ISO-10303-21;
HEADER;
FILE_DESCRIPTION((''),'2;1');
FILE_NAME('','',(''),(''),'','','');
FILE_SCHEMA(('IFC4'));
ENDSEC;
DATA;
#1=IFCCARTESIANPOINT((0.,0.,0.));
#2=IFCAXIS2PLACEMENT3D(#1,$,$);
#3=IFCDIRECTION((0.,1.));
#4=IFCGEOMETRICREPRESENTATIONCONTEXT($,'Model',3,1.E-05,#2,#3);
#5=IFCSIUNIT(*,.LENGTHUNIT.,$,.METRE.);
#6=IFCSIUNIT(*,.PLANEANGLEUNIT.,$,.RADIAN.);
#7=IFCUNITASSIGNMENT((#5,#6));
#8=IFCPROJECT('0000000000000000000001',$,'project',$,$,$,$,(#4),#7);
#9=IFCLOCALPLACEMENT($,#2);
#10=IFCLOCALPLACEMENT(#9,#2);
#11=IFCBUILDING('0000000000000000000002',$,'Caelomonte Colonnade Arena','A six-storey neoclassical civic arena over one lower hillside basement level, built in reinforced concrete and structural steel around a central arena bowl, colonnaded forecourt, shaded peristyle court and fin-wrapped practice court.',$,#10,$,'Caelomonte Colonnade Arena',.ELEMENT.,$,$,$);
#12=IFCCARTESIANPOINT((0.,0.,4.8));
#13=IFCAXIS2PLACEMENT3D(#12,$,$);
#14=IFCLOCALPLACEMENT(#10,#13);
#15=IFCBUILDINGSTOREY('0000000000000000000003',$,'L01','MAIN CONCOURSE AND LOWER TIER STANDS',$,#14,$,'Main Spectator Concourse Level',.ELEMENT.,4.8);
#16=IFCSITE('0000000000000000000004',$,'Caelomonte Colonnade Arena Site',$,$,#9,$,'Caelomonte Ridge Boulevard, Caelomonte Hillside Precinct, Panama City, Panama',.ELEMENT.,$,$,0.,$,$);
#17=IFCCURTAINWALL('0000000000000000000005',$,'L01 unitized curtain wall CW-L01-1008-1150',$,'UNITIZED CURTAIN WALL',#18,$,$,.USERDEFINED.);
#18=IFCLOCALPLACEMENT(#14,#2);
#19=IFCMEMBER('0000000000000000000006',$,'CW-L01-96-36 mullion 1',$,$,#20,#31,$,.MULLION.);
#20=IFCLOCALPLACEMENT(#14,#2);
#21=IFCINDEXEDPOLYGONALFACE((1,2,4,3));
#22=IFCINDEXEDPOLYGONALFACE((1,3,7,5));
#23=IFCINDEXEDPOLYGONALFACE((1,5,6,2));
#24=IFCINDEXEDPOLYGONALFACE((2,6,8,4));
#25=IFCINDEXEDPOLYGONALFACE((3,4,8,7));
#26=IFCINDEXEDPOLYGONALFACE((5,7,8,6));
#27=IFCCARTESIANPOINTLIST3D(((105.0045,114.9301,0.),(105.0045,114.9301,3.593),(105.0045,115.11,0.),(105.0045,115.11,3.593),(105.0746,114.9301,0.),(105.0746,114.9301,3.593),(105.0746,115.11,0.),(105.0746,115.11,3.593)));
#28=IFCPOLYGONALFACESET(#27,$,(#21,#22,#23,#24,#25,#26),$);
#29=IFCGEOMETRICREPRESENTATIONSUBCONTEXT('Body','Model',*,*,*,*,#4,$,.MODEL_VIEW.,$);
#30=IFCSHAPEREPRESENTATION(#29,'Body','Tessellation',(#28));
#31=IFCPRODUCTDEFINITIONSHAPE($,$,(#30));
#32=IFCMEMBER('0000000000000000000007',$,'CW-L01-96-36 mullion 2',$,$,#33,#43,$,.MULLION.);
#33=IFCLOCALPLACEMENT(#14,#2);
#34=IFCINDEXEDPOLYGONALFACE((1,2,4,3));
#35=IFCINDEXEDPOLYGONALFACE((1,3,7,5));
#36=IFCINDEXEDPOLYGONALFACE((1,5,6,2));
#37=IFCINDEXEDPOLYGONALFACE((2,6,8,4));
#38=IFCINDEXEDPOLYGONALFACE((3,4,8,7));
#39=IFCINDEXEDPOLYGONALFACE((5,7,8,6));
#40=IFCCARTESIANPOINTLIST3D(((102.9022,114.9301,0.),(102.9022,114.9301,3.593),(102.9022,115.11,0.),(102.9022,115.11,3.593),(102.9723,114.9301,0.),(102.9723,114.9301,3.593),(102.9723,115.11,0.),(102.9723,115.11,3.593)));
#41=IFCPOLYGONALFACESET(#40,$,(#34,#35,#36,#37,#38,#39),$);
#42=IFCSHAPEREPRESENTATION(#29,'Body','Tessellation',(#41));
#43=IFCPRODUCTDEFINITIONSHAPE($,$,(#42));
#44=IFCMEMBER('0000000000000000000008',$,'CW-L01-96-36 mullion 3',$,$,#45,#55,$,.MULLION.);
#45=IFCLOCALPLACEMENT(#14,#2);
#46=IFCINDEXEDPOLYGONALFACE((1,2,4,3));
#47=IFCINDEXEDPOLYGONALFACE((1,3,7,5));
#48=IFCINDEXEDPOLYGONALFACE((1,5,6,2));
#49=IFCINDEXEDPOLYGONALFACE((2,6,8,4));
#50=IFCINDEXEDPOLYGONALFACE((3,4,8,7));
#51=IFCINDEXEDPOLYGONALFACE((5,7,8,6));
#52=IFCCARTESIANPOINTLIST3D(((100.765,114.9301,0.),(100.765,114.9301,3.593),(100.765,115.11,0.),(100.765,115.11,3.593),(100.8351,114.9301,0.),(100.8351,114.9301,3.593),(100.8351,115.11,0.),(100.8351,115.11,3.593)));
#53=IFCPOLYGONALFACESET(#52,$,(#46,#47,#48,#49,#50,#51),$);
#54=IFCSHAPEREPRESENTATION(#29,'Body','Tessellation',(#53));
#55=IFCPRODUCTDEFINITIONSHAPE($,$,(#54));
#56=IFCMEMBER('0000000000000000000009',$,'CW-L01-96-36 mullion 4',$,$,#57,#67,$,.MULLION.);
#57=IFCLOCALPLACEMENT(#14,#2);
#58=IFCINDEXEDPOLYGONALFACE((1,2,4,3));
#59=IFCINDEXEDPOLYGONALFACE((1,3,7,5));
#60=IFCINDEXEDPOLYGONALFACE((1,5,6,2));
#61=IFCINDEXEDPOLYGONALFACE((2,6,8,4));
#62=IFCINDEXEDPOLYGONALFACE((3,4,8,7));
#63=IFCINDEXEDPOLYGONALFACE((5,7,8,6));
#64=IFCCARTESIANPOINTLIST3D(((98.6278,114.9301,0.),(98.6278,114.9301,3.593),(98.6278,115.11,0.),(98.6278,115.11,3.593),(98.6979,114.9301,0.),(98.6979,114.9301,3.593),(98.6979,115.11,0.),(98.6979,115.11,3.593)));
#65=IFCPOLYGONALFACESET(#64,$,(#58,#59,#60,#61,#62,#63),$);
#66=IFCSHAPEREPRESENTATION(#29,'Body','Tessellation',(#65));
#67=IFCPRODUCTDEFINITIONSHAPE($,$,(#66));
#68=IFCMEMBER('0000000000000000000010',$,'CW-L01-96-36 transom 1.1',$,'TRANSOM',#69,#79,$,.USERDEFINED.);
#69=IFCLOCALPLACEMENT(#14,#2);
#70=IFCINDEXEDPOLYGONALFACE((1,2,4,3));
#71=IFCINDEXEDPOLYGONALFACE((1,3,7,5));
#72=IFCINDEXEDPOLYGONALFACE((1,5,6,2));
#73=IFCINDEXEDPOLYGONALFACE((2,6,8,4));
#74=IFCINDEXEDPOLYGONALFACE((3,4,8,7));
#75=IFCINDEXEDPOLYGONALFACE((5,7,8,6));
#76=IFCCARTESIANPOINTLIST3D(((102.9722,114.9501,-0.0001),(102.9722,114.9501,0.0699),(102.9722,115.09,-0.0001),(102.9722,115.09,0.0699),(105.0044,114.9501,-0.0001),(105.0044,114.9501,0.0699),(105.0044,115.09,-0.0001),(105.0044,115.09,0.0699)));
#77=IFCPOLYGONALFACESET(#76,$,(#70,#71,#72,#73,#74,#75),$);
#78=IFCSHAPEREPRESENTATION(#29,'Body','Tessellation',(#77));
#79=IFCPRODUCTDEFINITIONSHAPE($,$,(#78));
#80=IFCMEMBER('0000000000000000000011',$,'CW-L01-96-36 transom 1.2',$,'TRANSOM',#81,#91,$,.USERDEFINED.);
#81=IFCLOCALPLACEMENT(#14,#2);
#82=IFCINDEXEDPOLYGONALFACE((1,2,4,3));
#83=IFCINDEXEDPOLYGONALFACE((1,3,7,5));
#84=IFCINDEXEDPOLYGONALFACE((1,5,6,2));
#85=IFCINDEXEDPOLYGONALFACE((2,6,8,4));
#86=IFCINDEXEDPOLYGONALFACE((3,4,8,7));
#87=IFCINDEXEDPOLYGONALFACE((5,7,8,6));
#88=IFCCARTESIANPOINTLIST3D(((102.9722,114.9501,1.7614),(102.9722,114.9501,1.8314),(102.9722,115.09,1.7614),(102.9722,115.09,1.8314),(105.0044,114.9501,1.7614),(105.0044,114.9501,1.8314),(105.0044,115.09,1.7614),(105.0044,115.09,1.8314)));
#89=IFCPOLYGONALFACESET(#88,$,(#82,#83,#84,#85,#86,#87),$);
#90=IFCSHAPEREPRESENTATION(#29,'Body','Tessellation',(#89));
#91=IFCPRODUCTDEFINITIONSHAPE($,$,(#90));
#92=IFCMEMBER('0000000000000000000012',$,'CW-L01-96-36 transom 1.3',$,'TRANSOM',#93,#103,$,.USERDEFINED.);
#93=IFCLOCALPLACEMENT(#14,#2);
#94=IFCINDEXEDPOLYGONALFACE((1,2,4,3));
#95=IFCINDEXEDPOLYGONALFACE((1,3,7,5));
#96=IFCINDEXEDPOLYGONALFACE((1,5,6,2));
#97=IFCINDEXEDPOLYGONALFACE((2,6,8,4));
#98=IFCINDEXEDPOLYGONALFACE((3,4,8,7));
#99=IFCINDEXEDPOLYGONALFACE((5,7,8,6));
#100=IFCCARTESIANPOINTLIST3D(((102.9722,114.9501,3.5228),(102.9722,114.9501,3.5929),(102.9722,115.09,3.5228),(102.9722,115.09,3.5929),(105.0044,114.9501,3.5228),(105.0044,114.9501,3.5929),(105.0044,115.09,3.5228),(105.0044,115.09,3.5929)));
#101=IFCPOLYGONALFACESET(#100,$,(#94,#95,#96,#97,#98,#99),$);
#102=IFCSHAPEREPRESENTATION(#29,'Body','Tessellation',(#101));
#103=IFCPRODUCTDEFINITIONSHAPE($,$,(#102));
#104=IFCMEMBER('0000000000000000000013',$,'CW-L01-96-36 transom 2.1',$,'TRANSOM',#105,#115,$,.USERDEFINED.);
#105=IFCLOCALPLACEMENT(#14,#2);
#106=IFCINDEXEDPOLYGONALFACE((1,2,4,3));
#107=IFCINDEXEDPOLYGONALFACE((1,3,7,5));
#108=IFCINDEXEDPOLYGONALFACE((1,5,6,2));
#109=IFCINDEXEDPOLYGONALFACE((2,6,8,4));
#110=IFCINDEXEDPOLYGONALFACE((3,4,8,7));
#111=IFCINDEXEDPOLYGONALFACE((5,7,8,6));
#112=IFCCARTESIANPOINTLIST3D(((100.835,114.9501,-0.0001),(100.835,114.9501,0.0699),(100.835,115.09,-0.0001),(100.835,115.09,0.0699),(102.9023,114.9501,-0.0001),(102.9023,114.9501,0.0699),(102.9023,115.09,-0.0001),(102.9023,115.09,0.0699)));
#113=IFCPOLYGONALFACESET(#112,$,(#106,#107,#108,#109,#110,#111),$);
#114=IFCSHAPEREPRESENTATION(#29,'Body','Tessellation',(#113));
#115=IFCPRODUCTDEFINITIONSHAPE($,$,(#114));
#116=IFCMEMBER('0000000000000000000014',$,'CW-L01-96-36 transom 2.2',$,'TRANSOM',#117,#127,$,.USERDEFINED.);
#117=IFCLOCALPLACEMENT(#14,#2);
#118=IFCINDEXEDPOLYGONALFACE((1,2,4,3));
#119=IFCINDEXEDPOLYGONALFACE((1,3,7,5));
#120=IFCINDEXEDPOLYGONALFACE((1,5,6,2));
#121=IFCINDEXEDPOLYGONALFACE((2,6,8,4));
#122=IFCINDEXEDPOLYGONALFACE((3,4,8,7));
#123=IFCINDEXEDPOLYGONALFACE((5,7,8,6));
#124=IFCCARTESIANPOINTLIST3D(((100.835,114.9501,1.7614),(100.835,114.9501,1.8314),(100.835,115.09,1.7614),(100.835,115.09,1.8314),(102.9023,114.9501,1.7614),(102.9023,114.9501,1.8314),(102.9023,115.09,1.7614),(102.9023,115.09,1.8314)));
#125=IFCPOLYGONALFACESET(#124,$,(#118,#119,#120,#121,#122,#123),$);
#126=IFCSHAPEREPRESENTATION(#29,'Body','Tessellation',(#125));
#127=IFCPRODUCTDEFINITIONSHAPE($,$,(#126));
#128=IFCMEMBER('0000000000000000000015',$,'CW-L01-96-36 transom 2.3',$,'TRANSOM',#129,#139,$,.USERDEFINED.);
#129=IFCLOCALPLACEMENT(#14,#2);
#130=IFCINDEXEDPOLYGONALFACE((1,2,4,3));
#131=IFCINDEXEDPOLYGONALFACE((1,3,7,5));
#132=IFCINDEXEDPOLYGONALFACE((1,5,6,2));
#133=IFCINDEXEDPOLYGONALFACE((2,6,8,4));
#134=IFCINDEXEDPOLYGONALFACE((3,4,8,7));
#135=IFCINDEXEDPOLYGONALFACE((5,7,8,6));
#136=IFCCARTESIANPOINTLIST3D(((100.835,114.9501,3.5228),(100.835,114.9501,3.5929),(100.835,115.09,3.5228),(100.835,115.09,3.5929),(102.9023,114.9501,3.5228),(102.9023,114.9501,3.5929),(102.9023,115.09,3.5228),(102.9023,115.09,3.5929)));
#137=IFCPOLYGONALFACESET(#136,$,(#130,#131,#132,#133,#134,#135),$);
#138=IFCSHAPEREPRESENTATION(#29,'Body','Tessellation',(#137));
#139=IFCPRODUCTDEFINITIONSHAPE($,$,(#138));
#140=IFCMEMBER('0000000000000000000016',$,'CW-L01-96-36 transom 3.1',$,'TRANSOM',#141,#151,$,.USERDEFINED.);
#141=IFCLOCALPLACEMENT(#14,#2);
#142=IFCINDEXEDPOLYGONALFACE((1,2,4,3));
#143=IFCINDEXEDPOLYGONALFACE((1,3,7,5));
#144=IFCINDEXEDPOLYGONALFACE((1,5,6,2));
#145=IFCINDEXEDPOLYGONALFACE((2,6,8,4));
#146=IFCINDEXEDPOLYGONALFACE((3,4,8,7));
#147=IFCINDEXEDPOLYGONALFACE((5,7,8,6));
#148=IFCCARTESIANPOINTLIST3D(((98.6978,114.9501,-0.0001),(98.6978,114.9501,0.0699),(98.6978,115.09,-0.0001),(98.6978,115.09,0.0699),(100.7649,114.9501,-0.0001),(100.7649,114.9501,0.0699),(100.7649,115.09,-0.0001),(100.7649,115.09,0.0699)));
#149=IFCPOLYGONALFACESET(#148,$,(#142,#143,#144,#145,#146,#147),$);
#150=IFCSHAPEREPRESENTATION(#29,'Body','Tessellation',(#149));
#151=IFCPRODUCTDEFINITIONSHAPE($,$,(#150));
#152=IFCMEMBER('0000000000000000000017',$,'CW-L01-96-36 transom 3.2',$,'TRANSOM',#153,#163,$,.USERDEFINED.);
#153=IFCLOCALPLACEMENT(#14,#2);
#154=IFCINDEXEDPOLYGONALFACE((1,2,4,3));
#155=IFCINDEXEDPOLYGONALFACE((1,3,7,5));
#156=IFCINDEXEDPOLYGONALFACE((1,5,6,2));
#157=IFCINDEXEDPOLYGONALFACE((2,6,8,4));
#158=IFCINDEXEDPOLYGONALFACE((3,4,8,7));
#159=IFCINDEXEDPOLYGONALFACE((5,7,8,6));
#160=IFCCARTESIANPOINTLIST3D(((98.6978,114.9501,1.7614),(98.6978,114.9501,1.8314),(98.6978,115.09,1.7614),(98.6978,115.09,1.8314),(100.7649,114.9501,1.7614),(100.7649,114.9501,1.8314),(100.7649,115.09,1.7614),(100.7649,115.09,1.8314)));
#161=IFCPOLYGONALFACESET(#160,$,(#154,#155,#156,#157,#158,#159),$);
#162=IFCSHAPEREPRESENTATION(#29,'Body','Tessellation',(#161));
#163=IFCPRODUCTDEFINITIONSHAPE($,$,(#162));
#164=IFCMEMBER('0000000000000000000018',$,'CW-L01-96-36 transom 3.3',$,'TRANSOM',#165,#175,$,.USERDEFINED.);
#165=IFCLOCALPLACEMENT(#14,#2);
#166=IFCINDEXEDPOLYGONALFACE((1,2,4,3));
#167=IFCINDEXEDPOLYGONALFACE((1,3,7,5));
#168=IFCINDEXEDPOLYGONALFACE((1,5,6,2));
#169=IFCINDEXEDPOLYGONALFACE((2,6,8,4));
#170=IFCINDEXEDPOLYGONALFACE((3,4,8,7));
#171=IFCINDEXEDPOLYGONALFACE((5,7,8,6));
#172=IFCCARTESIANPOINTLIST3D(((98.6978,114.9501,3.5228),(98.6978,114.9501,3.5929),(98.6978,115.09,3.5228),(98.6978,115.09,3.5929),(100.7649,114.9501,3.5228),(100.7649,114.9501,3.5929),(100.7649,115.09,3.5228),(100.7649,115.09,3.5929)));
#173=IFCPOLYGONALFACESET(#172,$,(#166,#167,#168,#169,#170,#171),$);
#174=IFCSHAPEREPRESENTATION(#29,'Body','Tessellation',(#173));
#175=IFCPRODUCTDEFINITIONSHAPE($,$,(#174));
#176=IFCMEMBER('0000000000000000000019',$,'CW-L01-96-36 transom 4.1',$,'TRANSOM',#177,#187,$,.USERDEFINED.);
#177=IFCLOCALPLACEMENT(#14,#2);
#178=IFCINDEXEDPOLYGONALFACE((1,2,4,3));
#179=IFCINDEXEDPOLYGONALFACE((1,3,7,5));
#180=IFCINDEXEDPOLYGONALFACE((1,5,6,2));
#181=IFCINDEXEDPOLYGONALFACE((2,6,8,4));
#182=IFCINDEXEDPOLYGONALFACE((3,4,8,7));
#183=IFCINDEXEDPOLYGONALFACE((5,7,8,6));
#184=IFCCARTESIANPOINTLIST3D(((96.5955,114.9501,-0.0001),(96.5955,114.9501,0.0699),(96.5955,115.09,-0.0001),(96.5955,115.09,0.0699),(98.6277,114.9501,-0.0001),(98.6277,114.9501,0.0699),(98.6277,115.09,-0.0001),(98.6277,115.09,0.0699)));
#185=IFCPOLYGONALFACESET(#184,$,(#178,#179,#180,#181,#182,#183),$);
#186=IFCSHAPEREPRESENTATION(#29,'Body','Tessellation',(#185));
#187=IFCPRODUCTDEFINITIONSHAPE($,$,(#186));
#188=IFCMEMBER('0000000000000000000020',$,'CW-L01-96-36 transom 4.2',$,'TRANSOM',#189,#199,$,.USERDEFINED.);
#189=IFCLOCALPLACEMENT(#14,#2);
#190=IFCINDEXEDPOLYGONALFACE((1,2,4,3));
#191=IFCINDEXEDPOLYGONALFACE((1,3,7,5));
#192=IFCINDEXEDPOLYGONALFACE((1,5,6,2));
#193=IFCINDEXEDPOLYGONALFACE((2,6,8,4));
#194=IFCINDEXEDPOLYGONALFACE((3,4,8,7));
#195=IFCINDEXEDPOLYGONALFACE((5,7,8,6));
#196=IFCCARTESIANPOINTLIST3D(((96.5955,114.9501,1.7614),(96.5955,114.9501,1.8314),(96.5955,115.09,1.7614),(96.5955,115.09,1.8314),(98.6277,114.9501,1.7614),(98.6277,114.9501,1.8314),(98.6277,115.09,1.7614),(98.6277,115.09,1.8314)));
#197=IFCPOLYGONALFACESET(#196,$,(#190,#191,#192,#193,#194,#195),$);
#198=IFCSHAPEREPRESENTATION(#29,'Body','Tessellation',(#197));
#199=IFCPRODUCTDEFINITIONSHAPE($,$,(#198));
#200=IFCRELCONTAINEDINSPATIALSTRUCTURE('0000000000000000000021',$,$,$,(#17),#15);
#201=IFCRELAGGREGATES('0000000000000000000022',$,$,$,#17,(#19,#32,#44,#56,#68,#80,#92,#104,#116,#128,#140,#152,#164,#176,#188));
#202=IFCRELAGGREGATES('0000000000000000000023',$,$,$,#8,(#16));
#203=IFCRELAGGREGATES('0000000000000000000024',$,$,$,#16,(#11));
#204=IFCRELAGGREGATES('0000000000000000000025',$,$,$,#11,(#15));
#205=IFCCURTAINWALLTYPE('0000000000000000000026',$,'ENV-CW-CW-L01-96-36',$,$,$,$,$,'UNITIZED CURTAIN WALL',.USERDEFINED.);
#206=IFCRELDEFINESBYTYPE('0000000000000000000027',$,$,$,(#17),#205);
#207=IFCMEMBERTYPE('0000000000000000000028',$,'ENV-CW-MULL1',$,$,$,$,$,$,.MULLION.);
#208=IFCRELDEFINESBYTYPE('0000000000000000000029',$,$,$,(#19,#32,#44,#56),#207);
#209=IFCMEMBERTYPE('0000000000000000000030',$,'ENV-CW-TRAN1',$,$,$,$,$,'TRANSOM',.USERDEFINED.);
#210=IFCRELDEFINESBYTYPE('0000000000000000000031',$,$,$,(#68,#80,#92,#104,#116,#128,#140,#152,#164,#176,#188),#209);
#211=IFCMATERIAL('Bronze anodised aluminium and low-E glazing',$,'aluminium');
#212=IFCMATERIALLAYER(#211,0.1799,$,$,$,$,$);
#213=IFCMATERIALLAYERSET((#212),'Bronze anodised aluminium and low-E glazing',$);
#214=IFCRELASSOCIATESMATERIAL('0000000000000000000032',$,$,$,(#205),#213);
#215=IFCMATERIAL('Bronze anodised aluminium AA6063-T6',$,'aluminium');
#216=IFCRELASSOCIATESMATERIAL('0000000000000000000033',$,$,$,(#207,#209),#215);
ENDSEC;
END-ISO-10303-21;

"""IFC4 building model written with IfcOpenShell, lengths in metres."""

from ifc_helpers import new_model, si_unit, direction, frame, origin, origin_2d, place, context, subcontext, project, spatial, rectangle, extrude, material, layer, layer_set, material_profile, profile_set, type_object, element, aggregate, save


model = new_model("IFC4")

# Units and contexts
model_context = context("Model", 3, precision=1e-05, world=origin(), true_north=direction((0.0, 1.0)))
body_context = subcontext(model_context, "Body", "Model", "MODEL_VIEW")
ifc_project = project(units=[si_unit("LENGTHUNIT", "METRE"), si_unit("PLANEANGLEUNIT", "RADIAN")], contexts=[model_context])

# Site, building, storey
site_placement = place(None, origin())
site = spatial("IfcSite", under=ifc_project, at=site_placement, Name="Caelomonte Colonnade Arena Site", LongName="Caelomonte Ridge Boulevard, Caelomonte Hillside Precinct, Panama City, Panama", CompositionType="ELEMENT", RefElevation=0.0)
building_placement = place(site_placement, origin())
building = spatial("IfcBuilding", under=site, at=building_placement, Name="Caelomonte Colonnade Arena", Description="A six-storey neoclassical civic arena over one lower hillside basement level, built in reinforced concrete and structural steel around a central arena bowl, colonnaded forecourt, shaded peristyle court and fin-wrapped practice court.", LongName="Caelomonte Colonnade Arena", CompositionType="ELEMENT")
storey_placement = place(building_placement, frame((0.0, 0.0, 4.8)))
storey = spatial("IfcBuildingStorey", under=building, at=storey_placement, Name="L01", Description="MAIN CONCOURSE AND LOWER TIER STANDS", LongName="Main Spectator Concourse Level", CompositionType="ELEMENT", Elevation=4.8)

# Curtain wall, members
ifc_material_1 = material(Name="Bronze anodised aluminium and low-E glazing", Category="aluminium")
ifc_layer_1 = layer(ifc_material_1, 0.1799)
ifc_layer_set_1 = layer_set([ifc_layer_1], Name="Bronze anodised aluminium and low-E glazing")
curtain_wall_type = type_object("IfcCurtainWallType", Name="ENV-CW-CW-L01-96-36", ElementType="UNITIZED CURTAIN WALL", PredefinedType="USERDEFINED", material=ifc_layer_set_1)
curtain_wall_placement = place(storey_placement, origin())
curtain_wall = element("IfcCurtainWall", 1, at=curtain_wall_placement, inside=storey, type_object=curtain_wall_type, Name="L01 unitized curtain wall CW-L01-1008-1150", ObjectType="UNITIZED CURTAIN WALL", PredefinedType="USERDEFINED")
ifc_material_2 = material(Name="Bronze anodised aluminium AA6063-T6", Category="aluminium")
ifc_material_profile_1 = material_profile(ifc_material_2, rectangle(XDim=0.0701, YDim=0.1799, at=origin_2d()), Name="CWM-70X180")
ifc_profile_set_1 = profile_set([ifc_material_profile_1], Name="Bronze anodised aluminium AA6063-T6")
member_type_1 = type_object("IfcMemberType", Name="ENV-CW-MULL1", PredefinedType="MULLION", material=ifc_profile_set_1)
member_1_placement = place(storey_placement, frame((105.0396, 115.02, 0.0), z_axis=(0.0, 0.0, 1.0), x_axis=(-1.0, 0.0, 0.0)))
member_1 = element("IfcMember", 2, at=member_1_placement, type_object=member_type_1, Name="CW-L01-96-36 mullion 1", PredefinedType="MULLION", context=body_context, shape_type="SweptSolid", body=[
    extrude(rectangle(XDim=0.0701, YDim=0.1799, at=origin_2d()), origin(), (0.0, 0.0, 1.0), 3.593),
])
member_2_placement = place(storey_placement, frame((102.9373, 115.02, 0.0), z_axis=(0.0, 0.0, 1.0), x_axis=(-1.0, 0.0, 0.0)))
member_2 = element("IfcMember", 3, at=member_2_placement, type_object=member_type_1, Name="CW-L01-96-36 mullion 2", PredefinedType="MULLION", context=body_context, shape_type="SweptSolid", body=[
    extrude(rectangle(XDim=0.0701, YDim=0.1799, at=origin_2d()), origin(), (0.0, 0.0, 1.0), 3.593),
])
member_3_placement = place(storey_placement, frame((100.8, 115.02, 0.0), z_axis=(0.0, 0.0, 1.0), x_axis=(-1.0, 0.0, 0.0)))
member_3 = element("IfcMember", 4, at=member_3_placement, type_object=member_type_1, Name="CW-L01-96-36 mullion 3", PredefinedType="MULLION", context=body_context, shape_type="SweptSolid", body=[
    extrude(rectangle(XDim=0.0701, YDim=0.1799, at=origin_2d()), origin(), (0.0, 0.0, 1.0), 3.593),
])
member_4_placement = place(storey_placement, frame((98.6628, 115.02, 0.0), z_axis=(0.0, 0.0, 1.0), x_axis=(-1.0, 0.0, 0.0)))
member_4 = element("IfcMember", 5, at=member_4_placement, type_object=member_type_1, Name="CW-L01-96-36 mullion 4", PredefinedType="MULLION", context=body_context, shape_type="SweptSolid", body=[
    extrude(rectangle(XDim=0.0701, YDim=0.1799, at=origin_2d()), origin(), (0.0, 0.0, 1.0), 3.593),
])
ifc_material_profile_2 = material_profile(ifc_material_2, rectangle(XDim=0.0701, YDim=0.1399, at=origin_2d()), Name="CWT-70X140")
ifc_profile_set_2 = profile_set([ifc_material_profile_2], Name="Bronze anodised aluminium AA6063-T6")
member_type_2 = type_object("IfcMemberType", Name="ENV-CW-TRAN1", ElementType="TRANSOM", PredefinedType="USERDEFINED", material=ifc_profile_set_2)
member_5_placement = place(storey_placement, frame((105.0044, 115.02, 0.0349), z_axis=(-1.0, 0.0, 0.0), x_axis=(0.0, 0.0, 1.0)))
member_5 = element("IfcMember", 6, at=member_5_placement, type_object=member_type_2, Name="CW-L01-96-36 transom 1.1", ObjectType="TRANSOM", PredefinedType="USERDEFINED", context=body_context, shape_type="SweptSolid", body=[
    extrude(rectangle(XDim=0.0701, YDim=0.1399, at=origin_2d()), origin(), (0.0, 0.0, 1.0), 2.0322),
])
member_6_placement = place(storey_placement, frame((105.0044, 115.02, 1.7964), z_axis=(-1.0, 0.0, 0.0), x_axis=(0.0, 0.0, 1.0)))
member_6 = element("IfcMember", 7, at=member_6_placement, type_object=member_type_2, Name="CW-L01-96-36 transom 1.2", ObjectType="TRANSOM", PredefinedType="USERDEFINED", context=body_context, shape_type="SweptSolid", body=[
    extrude(rectangle(XDim=0.0701, YDim=0.1399, at=origin_2d()), origin(), (0.0, 0.0, 1.0), 2.0322),
])
member_7_placement = place(storey_placement, frame((105.0044, 115.02, 3.5579), z_axis=(-1.0, 0.0, 0.0), x_axis=(0.0, 0.0, 1.0)))
member_7 = element("IfcMember", 8, at=member_7_placement, type_object=member_type_2, Name="CW-L01-96-36 transom 1.3", ObjectType="TRANSOM", PredefinedType="USERDEFINED", context=body_context, shape_type="SweptSolid", body=[
    extrude(rectangle(XDim=0.0701, YDim=0.1399, at=origin_2d()), origin(), (0.0, 0.0, 1.0), 2.0322),
])
member_8_placement = place(storey_placement, frame((102.9023, 115.02, 0.0349), z_axis=(-1.0, 0.0, 0.0), x_axis=(0.0, 0.0, 1.0)))
member_8 = element("IfcMember", 9, at=member_8_placement, type_object=member_type_2, Name="CW-L01-96-36 transom 2.1", ObjectType="TRANSOM", PredefinedType="USERDEFINED", context=body_context, shape_type="SweptSolid", body=[
    extrude(rectangle(XDim=0.0701, YDim=0.1399, at=origin_2d()), origin(), (0.0, 0.0, 1.0), 2.0674),
])
member_9_placement = place(storey_placement, frame((102.9023, 115.02, 1.7964), z_axis=(-1.0, 0.0, 0.0), x_axis=(0.0, 0.0, 1.0)))
member_9 = element("IfcMember", 10, at=member_9_placement, type_object=member_type_2, Name="CW-L01-96-36 transom 2.2", ObjectType="TRANSOM", PredefinedType="USERDEFINED", context=body_context, shape_type="SweptSolid", body=[
    extrude(rectangle(XDim=0.0701, YDim=0.1399, at=origin_2d()), origin(), (0.0, 0.0, 1.0), 2.0674),
])
member_10_placement = place(storey_placement, frame((102.9023, 115.02, 3.5579), z_axis=(-1.0, 0.0, 0.0), x_axis=(0.0, 0.0, 1.0)))
member_10 = element("IfcMember", 11, at=member_10_placement, type_object=member_type_2, Name="CW-L01-96-36 transom 2.3", ObjectType="TRANSOM", PredefinedType="USERDEFINED", context=body_context, shape_type="SweptSolid", body=[
    extrude(rectangle(XDim=0.0701, YDim=0.1399, at=origin_2d()), origin(), (0.0, 0.0, 1.0), 2.0674),
])
member_11_placement = place(storey_placement, frame((100.7649, 115.02, 0.0349), z_axis=(-1.0, 0.0, 0.0), x_axis=(0.0, 0.0, 1.0)))
member_11 = element("IfcMember", 12, at=member_11_placement, type_object=member_type_2, Name="CW-L01-96-36 transom 3.1", ObjectType="TRANSOM", PredefinedType="USERDEFINED", context=body_context, shape_type="SweptSolid", body=[
    extrude(rectangle(XDim=0.0701, YDim=0.1399, at=origin_2d()), origin(), (0.0, 0.0, 1.0), 2.0671),
])
member_12_placement = place(storey_placement, frame((100.7649, 115.02, 1.7964), z_axis=(-1.0, 0.0, 0.0), x_axis=(0.0, 0.0, 1.0)))
member_12 = element("IfcMember", 13, at=member_12_placement, type_object=member_type_2, Name="CW-L01-96-36 transom 3.2", ObjectType="TRANSOM", PredefinedType="USERDEFINED", context=body_context, shape_type="SweptSolid", body=[
    extrude(rectangle(XDim=0.0701, YDim=0.1399, at=origin_2d()), origin(), (0.0, 0.0, 1.0), 2.0671),
])
member_13_placement = place(storey_placement, frame((100.7649, 115.02, 3.5579), z_axis=(-1.0, 0.0, 0.0), x_axis=(0.0, 0.0, 1.0)))
member_13 = element("IfcMember", 14, at=member_13_placement, type_object=member_type_2, Name="CW-L01-96-36 transom 3.3", ObjectType="TRANSOM", PredefinedType="USERDEFINED", context=body_context, shape_type="SweptSolid", body=[
    extrude(rectangle(XDim=0.0701, YDim=0.1399, at=origin_2d()), origin(), (0.0, 0.0, 1.0), 2.0671),
])
member_14_placement = place(storey_placement, frame((98.6277, 115.02, 0.0349), z_axis=(-1.0, 0.0, 0.0), x_axis=(0.0, 0.0, 1.0)))
member_14 = element("IfcMember", 15, at=member_14_placement, type_object=member_type_2, Name="CW-L01-96-36 transom 4.1", ObjectType="TRANSOM", PredefinedType="USERDEFINED", context=body_context, shape_type="SweptSolid", body=[
    extrude(rectangle(XDim=0.0701, YDim=0.1399, at=origin_2d()), origin(), (0.0, 0.0, 1.0), 2.0322),
])
member_15_placement = place(storey_placement, frame((98.6277, 115.02, 1.7964), z_axis=(-1.0, 0.0, 0.0), x_axis=(0.0, 0.0, 1.0)))
member_15 = element("IfcMember", 16, at=member_15_placement, type_object=member_type_2, Name="CW-L01-96-36 transom 4.2", ObjectType="TRANSOM", PredefinedType="USERDEFINED", context=body_context, shape_type="SweptSolid", body=[
    extrude(rectangle(XDim=0.0701, YDim=0.1399, at=origin_2d()), origin(), (0.0, 0.0, 1.0), 2.0322),
])
aggregate(curtain_wall, [member_1, member_2, member_3, member_4, member_5, member_6, member_7, member_8, member_9, member_10, member_11, member_12, member_13, member_14, member_15])

save(model, "model.ifc")
